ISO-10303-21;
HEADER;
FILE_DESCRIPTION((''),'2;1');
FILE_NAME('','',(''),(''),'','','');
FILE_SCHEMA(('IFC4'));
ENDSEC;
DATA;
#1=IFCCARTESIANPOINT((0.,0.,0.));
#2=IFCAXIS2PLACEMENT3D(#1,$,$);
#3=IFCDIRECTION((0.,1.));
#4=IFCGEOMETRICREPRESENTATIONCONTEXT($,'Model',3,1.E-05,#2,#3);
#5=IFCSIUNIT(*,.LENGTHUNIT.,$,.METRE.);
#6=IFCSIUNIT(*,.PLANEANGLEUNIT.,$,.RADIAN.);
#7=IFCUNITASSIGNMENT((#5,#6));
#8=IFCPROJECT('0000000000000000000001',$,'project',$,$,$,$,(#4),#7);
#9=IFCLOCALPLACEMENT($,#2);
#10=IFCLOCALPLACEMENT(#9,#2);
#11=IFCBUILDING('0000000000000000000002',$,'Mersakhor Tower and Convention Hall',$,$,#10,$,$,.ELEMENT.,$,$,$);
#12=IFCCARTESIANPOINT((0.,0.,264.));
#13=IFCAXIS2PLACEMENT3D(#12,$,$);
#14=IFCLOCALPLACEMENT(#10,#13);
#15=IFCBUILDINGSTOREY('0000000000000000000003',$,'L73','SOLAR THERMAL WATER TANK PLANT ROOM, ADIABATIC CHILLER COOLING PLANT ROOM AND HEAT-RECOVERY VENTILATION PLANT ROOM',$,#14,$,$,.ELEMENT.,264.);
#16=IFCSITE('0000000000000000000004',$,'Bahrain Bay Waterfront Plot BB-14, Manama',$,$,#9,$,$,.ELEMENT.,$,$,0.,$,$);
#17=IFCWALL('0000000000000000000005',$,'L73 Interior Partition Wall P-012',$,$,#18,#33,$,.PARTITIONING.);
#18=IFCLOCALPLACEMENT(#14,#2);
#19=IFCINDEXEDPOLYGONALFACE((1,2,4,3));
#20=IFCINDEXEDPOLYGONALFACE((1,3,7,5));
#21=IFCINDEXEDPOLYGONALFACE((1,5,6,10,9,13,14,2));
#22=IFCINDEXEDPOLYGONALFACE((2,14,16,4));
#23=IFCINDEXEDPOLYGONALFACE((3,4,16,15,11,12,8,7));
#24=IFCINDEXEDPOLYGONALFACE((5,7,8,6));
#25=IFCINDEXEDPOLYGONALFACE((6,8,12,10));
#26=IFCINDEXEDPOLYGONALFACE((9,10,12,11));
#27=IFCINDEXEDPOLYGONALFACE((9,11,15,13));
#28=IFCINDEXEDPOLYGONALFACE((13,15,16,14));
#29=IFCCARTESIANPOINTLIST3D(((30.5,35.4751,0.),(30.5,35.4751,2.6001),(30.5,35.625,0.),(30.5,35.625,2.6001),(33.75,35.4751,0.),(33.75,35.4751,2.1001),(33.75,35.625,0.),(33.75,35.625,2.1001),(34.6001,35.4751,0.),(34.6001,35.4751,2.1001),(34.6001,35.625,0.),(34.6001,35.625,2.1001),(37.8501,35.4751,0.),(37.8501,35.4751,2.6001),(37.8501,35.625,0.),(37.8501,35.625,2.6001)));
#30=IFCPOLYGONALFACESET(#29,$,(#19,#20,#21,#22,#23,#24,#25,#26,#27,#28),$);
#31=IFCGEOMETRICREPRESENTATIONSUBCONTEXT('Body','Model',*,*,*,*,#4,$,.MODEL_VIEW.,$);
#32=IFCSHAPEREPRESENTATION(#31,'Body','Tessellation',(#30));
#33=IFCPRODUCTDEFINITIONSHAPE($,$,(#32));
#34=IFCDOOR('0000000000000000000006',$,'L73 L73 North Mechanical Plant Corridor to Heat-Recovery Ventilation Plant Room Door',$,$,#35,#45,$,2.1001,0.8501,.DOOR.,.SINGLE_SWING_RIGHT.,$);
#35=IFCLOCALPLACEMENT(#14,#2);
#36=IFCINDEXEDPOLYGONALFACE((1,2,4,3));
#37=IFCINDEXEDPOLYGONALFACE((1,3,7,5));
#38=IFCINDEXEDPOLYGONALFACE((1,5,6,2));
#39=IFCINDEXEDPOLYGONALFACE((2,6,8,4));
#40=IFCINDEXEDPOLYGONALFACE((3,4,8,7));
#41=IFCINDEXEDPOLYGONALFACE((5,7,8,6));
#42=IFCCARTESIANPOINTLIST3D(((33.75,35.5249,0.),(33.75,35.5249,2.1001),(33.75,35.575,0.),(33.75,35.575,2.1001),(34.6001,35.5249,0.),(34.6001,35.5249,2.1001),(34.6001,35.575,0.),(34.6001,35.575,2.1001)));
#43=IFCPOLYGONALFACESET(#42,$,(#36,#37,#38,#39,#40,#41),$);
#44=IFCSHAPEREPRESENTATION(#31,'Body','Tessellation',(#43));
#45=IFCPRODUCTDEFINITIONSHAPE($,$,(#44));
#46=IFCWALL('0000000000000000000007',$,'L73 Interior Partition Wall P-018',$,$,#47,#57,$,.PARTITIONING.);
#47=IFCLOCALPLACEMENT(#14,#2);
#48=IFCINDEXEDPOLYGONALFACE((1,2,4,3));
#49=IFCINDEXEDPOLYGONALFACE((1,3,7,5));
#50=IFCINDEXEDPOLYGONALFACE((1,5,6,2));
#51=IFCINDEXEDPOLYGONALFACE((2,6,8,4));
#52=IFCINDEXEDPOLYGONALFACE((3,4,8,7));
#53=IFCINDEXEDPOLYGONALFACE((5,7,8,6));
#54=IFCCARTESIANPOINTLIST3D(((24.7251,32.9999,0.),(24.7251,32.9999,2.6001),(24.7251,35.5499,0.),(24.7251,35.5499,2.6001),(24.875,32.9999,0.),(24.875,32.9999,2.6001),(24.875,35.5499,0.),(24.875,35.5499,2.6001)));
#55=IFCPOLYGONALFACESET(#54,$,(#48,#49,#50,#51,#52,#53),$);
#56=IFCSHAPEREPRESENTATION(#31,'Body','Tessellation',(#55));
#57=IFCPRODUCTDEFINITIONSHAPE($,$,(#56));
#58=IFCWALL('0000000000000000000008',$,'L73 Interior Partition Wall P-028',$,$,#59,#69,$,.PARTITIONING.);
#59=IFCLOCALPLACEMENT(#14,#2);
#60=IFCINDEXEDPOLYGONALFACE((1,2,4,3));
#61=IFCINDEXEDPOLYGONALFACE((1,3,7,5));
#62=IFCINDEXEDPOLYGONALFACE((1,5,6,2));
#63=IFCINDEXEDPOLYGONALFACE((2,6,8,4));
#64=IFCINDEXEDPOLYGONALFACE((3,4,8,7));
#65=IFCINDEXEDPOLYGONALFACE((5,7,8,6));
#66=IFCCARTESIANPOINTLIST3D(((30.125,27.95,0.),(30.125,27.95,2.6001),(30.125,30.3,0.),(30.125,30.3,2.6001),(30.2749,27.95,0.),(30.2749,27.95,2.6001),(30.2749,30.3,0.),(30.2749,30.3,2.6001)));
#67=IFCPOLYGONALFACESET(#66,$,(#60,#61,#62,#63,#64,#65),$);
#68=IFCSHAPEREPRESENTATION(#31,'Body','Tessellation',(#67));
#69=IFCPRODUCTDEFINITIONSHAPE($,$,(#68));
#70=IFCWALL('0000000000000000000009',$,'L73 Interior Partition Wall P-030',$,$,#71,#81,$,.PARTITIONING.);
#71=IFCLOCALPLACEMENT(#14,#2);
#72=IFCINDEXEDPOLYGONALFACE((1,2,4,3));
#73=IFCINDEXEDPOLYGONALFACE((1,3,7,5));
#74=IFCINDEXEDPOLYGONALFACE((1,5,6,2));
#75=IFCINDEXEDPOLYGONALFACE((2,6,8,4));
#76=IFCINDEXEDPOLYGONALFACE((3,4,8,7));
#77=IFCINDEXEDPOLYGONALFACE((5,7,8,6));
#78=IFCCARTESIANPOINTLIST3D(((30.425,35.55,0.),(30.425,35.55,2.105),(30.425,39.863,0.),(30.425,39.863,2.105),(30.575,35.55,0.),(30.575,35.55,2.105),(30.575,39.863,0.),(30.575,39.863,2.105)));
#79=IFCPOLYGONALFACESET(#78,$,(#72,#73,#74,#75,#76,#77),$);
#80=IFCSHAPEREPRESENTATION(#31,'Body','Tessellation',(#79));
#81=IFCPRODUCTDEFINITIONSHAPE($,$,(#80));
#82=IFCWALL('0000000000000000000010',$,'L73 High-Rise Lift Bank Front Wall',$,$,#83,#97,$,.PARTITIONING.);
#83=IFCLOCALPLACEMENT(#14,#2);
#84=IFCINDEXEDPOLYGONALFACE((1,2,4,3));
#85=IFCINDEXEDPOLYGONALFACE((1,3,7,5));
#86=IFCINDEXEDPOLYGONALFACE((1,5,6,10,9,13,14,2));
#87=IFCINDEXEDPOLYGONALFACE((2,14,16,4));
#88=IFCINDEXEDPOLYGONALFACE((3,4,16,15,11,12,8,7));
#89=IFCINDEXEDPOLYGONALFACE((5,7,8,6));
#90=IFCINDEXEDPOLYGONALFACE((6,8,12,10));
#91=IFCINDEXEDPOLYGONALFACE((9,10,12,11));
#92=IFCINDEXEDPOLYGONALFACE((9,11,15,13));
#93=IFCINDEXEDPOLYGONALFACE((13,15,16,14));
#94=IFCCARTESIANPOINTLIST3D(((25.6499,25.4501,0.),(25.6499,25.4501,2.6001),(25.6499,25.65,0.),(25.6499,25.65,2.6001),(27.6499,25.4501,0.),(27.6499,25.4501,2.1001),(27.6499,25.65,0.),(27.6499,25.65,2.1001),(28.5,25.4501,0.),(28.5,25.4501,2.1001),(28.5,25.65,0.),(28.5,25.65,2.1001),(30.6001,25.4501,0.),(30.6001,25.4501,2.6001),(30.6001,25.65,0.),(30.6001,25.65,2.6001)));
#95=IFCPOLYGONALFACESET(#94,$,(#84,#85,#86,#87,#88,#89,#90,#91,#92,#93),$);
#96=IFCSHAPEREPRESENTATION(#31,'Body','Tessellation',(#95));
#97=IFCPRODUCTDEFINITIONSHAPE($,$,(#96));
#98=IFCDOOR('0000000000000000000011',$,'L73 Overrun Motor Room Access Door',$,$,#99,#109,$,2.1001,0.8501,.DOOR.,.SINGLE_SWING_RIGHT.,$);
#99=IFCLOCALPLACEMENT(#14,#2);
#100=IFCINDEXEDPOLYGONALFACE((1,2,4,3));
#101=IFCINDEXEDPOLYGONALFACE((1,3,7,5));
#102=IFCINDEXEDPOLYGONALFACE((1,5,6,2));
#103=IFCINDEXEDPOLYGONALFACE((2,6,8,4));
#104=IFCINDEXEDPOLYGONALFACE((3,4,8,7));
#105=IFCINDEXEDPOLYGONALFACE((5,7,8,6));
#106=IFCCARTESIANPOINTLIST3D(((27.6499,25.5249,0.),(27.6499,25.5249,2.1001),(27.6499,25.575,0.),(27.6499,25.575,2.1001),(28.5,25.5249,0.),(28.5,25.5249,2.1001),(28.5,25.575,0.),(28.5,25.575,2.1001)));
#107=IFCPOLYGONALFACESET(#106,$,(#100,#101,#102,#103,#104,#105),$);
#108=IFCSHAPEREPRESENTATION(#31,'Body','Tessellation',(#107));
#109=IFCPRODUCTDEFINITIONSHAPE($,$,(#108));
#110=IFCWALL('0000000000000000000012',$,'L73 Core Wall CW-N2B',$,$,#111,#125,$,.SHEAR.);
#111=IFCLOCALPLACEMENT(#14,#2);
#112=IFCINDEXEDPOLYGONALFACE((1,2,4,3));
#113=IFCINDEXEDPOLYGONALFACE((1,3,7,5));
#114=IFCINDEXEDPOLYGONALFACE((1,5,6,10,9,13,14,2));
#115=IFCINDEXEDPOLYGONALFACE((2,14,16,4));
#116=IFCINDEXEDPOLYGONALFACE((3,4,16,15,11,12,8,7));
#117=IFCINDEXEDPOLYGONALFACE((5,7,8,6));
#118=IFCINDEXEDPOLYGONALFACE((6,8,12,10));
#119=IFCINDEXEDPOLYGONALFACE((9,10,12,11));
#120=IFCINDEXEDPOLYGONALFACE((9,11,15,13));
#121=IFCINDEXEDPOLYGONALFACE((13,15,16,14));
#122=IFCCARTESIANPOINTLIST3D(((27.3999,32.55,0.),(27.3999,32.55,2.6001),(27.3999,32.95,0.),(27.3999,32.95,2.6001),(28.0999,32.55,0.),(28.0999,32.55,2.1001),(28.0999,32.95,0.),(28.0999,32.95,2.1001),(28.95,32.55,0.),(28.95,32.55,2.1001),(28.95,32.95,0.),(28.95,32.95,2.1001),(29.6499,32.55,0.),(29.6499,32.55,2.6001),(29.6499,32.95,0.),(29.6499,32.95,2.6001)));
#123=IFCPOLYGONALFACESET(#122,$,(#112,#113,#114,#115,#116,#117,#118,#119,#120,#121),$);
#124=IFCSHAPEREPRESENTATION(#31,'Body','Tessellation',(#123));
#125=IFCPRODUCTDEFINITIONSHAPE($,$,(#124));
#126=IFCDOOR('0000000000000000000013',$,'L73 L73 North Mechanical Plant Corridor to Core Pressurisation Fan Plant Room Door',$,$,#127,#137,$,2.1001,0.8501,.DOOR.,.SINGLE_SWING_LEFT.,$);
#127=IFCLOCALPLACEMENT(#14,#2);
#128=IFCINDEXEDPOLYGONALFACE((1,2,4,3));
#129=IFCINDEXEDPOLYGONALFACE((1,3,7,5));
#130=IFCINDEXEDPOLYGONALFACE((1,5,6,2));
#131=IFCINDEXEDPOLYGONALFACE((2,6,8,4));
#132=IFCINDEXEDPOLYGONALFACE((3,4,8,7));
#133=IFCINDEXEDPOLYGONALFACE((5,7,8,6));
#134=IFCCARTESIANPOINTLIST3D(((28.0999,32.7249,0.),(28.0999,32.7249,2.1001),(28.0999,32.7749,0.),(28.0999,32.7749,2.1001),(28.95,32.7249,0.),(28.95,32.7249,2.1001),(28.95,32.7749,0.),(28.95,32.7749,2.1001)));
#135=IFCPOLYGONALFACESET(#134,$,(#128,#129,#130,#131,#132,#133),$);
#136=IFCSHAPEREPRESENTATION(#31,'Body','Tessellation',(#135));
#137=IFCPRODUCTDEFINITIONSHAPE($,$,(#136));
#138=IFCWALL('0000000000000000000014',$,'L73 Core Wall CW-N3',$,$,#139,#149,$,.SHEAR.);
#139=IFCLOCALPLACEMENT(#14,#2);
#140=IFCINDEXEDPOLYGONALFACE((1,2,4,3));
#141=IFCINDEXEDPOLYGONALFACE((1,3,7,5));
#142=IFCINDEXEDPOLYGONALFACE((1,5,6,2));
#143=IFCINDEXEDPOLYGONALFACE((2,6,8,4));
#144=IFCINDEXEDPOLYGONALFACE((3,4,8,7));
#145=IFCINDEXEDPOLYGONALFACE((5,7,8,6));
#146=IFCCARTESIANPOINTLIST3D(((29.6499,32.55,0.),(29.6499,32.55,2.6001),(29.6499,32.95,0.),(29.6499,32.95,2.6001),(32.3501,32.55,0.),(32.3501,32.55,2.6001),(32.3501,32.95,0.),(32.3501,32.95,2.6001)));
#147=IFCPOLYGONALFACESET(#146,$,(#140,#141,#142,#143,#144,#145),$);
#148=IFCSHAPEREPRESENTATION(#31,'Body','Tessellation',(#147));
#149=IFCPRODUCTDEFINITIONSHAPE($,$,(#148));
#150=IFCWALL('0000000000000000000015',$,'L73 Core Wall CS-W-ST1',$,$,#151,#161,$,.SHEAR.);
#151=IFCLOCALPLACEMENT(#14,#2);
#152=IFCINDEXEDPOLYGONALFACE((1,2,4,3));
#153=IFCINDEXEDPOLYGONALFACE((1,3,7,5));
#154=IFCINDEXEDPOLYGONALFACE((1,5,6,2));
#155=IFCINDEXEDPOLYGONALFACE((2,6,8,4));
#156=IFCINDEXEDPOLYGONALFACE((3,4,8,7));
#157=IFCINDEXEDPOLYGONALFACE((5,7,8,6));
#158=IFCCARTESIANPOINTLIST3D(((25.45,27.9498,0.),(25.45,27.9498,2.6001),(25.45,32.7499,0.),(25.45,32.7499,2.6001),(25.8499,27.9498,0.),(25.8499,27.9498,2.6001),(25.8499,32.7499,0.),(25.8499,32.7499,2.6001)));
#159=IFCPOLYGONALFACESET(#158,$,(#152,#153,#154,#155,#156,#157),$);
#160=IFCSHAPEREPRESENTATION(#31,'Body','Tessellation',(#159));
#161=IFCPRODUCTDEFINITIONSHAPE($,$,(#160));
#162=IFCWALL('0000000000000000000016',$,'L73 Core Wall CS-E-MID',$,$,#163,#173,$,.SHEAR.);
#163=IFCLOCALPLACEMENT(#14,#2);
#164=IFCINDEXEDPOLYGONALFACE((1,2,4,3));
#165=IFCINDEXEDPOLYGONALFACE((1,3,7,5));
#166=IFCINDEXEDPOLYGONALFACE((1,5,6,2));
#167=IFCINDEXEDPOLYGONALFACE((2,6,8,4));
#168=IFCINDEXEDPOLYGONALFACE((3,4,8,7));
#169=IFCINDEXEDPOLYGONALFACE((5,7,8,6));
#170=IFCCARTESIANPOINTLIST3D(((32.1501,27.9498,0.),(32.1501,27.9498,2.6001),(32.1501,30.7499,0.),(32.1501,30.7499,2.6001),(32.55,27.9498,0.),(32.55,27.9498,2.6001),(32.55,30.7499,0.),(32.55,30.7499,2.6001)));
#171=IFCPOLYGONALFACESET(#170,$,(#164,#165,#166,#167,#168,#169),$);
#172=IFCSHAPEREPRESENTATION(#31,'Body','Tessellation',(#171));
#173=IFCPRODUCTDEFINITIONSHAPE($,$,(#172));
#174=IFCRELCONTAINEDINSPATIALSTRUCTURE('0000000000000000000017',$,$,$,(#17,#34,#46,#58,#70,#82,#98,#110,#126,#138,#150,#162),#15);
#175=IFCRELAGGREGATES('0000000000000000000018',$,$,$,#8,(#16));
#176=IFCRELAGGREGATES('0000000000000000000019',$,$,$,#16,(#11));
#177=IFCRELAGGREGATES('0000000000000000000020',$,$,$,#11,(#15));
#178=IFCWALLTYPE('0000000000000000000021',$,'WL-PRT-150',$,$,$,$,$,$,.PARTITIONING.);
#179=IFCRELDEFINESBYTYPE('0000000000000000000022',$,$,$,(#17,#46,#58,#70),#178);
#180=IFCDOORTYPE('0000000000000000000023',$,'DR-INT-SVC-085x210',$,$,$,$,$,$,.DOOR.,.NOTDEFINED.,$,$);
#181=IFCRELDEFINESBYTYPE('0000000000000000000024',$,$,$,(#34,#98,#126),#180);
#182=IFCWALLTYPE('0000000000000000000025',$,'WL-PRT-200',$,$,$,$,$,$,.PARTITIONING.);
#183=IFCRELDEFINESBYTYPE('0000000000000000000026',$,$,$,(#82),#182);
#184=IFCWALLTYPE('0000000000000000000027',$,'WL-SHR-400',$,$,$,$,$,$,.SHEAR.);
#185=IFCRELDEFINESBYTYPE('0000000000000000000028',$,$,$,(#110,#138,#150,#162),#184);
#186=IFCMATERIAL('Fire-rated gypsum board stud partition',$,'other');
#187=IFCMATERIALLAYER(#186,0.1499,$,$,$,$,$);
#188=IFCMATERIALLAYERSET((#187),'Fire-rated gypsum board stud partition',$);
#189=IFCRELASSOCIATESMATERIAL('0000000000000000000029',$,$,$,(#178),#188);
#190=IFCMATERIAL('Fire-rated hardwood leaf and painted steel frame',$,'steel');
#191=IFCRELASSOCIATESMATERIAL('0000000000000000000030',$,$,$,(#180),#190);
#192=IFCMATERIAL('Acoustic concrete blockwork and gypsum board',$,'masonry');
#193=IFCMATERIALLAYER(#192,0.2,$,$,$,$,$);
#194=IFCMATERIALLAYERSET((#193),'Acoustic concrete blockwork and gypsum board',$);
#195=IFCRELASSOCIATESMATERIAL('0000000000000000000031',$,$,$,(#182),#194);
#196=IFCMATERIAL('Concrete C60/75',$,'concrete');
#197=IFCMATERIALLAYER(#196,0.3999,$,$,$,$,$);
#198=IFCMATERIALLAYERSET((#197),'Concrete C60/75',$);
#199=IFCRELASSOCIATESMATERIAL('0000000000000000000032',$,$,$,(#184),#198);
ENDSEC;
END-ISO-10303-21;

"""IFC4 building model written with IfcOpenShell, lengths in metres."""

from ifc_helpers import new_model, si_unit, direction, frame, frame_2d, origin, place, context, subcontext, project, spatial, rectangle, extrude, material, layer, layer_set, type_object, element, fill, save


model = new_model("IFC4")

# Units and contexts
model_context = context("Model", 3, precision=1e-05, world=origin(), true_north=direction((0.0, 1.0)))
body_context = subcontext(model_context, "Body", "Model", "MODEL_VIEW")
ifc_project = project(units=[si_unit("LENGTHUNIT", "METRE"), si_unit("PLANEANGLEUNIT", "RADIAN")], contexts=[model_context])

# Site, building, storey
site_placement = place(None, origin())
site = spatial("IfcSite", under=ifc_project, at=site_placement, Name="Bahrain Bay Waterfront Plot BB-14, Manama", CompositionType="ELEMENT", RefElevation=0.0)
building_placement = place(site_placement, origin())
building = spatial("IfcBuilding", under=site, at=building_placement, Name="Mersakhor Tower and Convention Hall", CompositionType="ELEMENT")
storey_placement = place(building_placement, frame((0.0, 0.0, 264.0)))
storey = spatial("IfcBuildingStorey", under=building, at=storey_placement, Name="L73", Description="SOLAR THERMAL WATER TANK PLANT ROOM, ADIABATIC CHILLER COOLING PLANT ROOM AND HEAT-RECOVERY VENTILATION PLANT ROOM", CompositionType="ELEMENT", Elevation=264.0)

# Shared definitions
ifc_material_1 = material(Name="Fire-rated gypsum board stud partition", Category="other")
ifc_layer_1 = layer(ifc_material_1, 0.1499)
ifc_layer_set_1 = layer_set([ifc_layer_1], Name="Fire-rated gypsum board stud partition")
wall_type_1 = type_object("IfcWallType", Name="WL-PRT-150", PredefinedType="PARTITIONING", material=ifc_layer_set_1)

# Shared definitions
ifc_material_2 = material(Name="Fire-rated hardwood leaf and painted steel frame", Category="steel")
door_type_1 = type_object("IfcDoorType", Name="DR-INT-SVC-085x210", OperationType="NOTDEFINED", PredefinedType="DOOR", material=ifc_material_2)

# Wall, opening, door
wall_1_placement = place(storey_placement, frame((30.5, 35.55, 0.0), z_axis=(0.0, 0.0, 1.0), x_axis=(1.0, 0.0, 0.0)))
wall_1 = element("IfcWall", 1, at=wall_1_placement, inside=storey, type_object=wall_type_1, Name="L73 Interior Partition Wall P-012", PredefinedType="PARTITIONING", context=body_context, shape_type="SweptSolid", body=[
    extrude(rectangle(XDim=7.3501, YDim=0.1499, at=frame_2d((3.675, 0.0))), origin(), (0.0, 0.0, 1.0), 2.6001),
])
opening_1_placement = place(wall_1_placement, frame((3.25, 0.0, 0.0)))
opening_1 = element("IfcOpeningElement", 2, at=opening_1_placement, cuts=wall_1, PredefinedType="OPENING", context=body_context, shape_type="SweptSolid", body=[
    extrude(rectangle(XDim=0.8501, YDim=2.1001, at=frame_2d((0.425, 1.05))), frame((0.0, 0.085, 0.0), z_axis=(0.0, -1.0, 0.0), x_axis=(1.0, 0.0, 0.0)), (0.0, 0.0, 1.0), 0.1699),
])
door_1_placement = place(opening_1_placement, origin())
door_1 = element("IfcDoor", 3, at=door_1_placement, inside=storey, type_object=door_type_1, Name="L73 L73 North Mechanical Plant Corridor to Heat-Recovery Ventilation Plant Room Door", OperationType="SINGLE_SWING_RIGHT", OverallHeight=2.1001, OverallWidth=0.8501, PredefinedType="DOOR", context=body_context, shape_type="SweptSolid", body=[
    extrude(rectangle(XDim=0.8501, YDim=2.1001, at=frame_2d((0.425, 1.05))), frame((0.0, 0.0249, 0.0), z_axis=(0.0, -1.0, 0.0), x_axis=(1.0, 0.0, 0.0)), (0.0, 0.0, 1.0), 0.05),
])
fill(opening_1, door_1)

# Walls
wall_2_placement = place(storey_placement, frame((24.8, 33.0, 0.0), z_axis=(0.0, 0.0, 1.0), x_axis=(0.0, 1.0, 0.0)))
element("IfcWall", 4, at=wall_2_placement, inside=storey, type_object=wall_type_1, Name="L73 Interior Partition Wall P-018", PredefinedType="PARTITIONING", context=body_context, shape_type="SweptSolid", body=[
    extrude(rectangle(XDim=2.55, YDim=0.1499, at=frame_2d((1.2749, 0.0))), origin(), (0.0, 0.0, 1.0), 2.6001),
])
wall_3_placement = place(storey_placement, frame((30.2, 30.3, 0.0), z_axis=(0.0, 0.0, 1.0), x_axis=(0.0, -1.0, 0.0)))
element("IfcWall", 5, at=wall_3_placement, inside=storey, type_object=wall_type_1, Name="L73 Interior Partition Wall P-028", PredefinedType="PARTITIONING", context=body_context, shape_type="SweptSolid", body=[
    extrude(rectangle(XDim=2.3501, YDim=0.1499, at=frame_2d((1.175, 0.0))), origin(), (0.0, 0.0, 1.0), 2.6001),
])
wall_4_placement = place(storey_placement, frame((30.5, 35.55, 0.0), z_axis=(0.0, 0.0, 1.0), x_axis=(0.0, 1.0, 0.0)))
element("IfcWall", 6, at=wall_4_placement, inside=storey, type_object=wall_type_1, Name="L73 Interior Partition Wall P-030", PredefinedType="PARTITIONING", context=body_context, shape_type="SweptSolid", body=[
    extrude(rectangle(XDim=4.313, YDim=0.1499, at=frame_2d((2.1565, 0.0))), origin(), (0.0, 0.0, 1.0), 2.105),
])

# Walls, openings, doors
ifc_material_3 = material(Name="Acoustic concrete blockwork and gypsum board", Category="masonry")
ifc_layer_2 = layer(ifc_material_3, 0.2)
ifc_layer_set_2 = layer_set([ifc_layer_2], Name="Acoustic concrete blockwork and gypsum board")
wall_type_2 = type_object("IfcWallType", Name="WL-PRT-200", PredefinedType="PARTITIONING", material=ifc_layer_set_2)
wall_5_placement = place(storey_placement, frame((25.6499, 25.55, 0.0), z_axis=(0.0, 0.0, 1.0), x_axis=(1.0, 0.0, 0.0)))
wall_5 = element("IfcWall", 7, at=wall_5_placement, inside=storey, type_object=wall_type_2, Name="L73 High-Rise Lift Bank Front Wall", PredefinedType="PARTITIONING", context=body_context, shape_type="SweptSolid", body=[
    extrude(rectangle(XDim=4.9502, YDim=0.2, at=frame_2d((2.4751, 0.0))), origin(), (0.0, 0.0, 1.0), 2.6001),
])
opening_2_placement = place(wall_5_placement, frame((2.0, 0.0, 0.0)))
opening_2 = element("IfcOpeningElement", 8, at=opening_2_placement, cuts=wall_5, PredefinedType="OPENING", context=body_context, shape_type="SweptSolid", body=[
    extrude(rectangle(XDim=0.8501, YDim=2.1001, at=frame_2d((0.425, 1.05))), frame((0.0, 0.1099, 0.0), z_axis=(0.0, -1.0, 0.0), x_axis=(1.0, 0.0, 0.0)), (0.0, 0.0, 1.0), 0.22),
])
door_2_placement = place(opening_2_placement, origin())
door_2 = element("IfcDoor", 9, at=door_2_placement, inside=storey, type_object=door_type_1, Name="L73 Overrun Motor Room Access Door", OperationType="SINGLE_SWING_RIGHT", OverallHeight=2.1001, OverallWidth=0.8501, PredefinedType="DOOR", context=body_context, shape_type="SweptSolid", body=[
    extrude(rectangle(XDim=0.8501, YDim=2.1001, at=frame_2d((0.425, 1.05))), frame((0.0, 0.0249, 0.0), z_axis=(0.0, -1.0, 0.0), x_axis=(1.0, 0.0, 0.0)), (0.0, 0.0, 1.0), 0.05),
])
fill(opening_2, door_2)
ifc_material_4 = material(Name="Concrete C60/75", Category="concrete")
ifc_layer_3 = layer(ifc_material_4, 0.3999)
ifc_layer_set_3 = layer_set([ifc_layer_3], Name="Concrete C60/75")
wall_type_3 = type_object("IfcWallType", Name="WL-SHR-400", PredefinedType="SHEAR", material=ifc_layer_set_3)
wall_6_placement = place(storey_placement, frame((27.3999, 32.75, 0.0), z_axis=(0.0, 0.0, 1.0), x_axis=(1.0, 0.0, 0.0)))
wall_6 = element("IfcWall", 10, at=wall_6_placement, inside=storey, type_object=wall_type_3, Name="L73 Core Wall CW-N2B", PredefinedType="SHEAR", context=body_context, shape_type="SweptSolid", body=[
    extrude(rectangle(XDim=2.25, YDim=0.3999, at=frame_2d((1.125, 0.0))), origin(), (0.0, 0.0, 1.0), 2.6001),
])
opening_3_placement = place(wall_6_placement, frame((0.7, 0.0, 0.0)))
opening_3 = element("IfcOpeningElement", 11, at=opening_3_placement, cuts=wall_6, PredefinedType="OPENING", context=body_context, shape_type="SweptSolid", body=[
    extrude(rectangle(XDim=0.8501, YDim=2.1001, at=frame_2d((0.425, 1.05))), frame((0.0, 0.21, 0.0), z_axis=(0.0, -1.0, 0.0), x_axis=(1.0, 0.0, 0.0)), (0.0, 0.0, 1.0), 0.4199),
])
door_3_placement = place(opening_3_placement, origin())
door_3 = element("IfcDoor", 12, at=door_3_placement, inside=storey, type_object=door_type_1, Name="L73 L73 North Mechanical Plant Corridor to Core Pressurisation Fan Plant Room Door", OperationType="SINGLE_SWING_LEFT", OverallHeight=2.1001, OverallWidth=0.8501, PredefinedType="DOOR", context=body_context, shape_type="SweptSolid", body=[
    extrude(rectangle(XDim=0.8501, YDim=2.1001, at=frame_2d((0.425, 1.05))), frame((0.0, 0.0249, 0.0), z_axis=(0.0, -1.0, 0.0), x_axis=(1.0, 0.0, 0.0)), (0.0, 0.0, 1.0), 0.05),
])
fill(opening_3, door_3)

# Walls
wall_7_placement = place(storey_placement, frame((29.6499, 32.75, 0.0), z_axis=(0.0, 0.0, 1.0), x_axis=(1.0, 0.0, 0.0)))
element("IfcWall", 13, at=wall_7_placement, inside=storey, type_object=wall_type_3, Name="L73 Core Wall CW-N3", PredefinedType="SHEAR", context=body_context, shape_type="SweptSolid", body=[
    extrude(rectangle(XDim=2.7002, YDim=0.3999, at=frame_2d((1.3501, 0.0))), origin(), (0.0, 0.0, 1.0), 2.6001),
])
wall_8_placement = place(storey_placement, frame((25.6499, 27.95, 0.0), z_axis=(0.0, 0.0, 1.0), x_axis=(0.0, 1.0, 0.0)))
element("IfcWall", 14, at=wall_8_placement, inside=storey, type_object=wall_type_3, Name="L73 Core Wall CS-W-ST1", PredefinedType="SHEAR", context=body_context, shape_type="SweptSolid", body=[
    extrude(rectangle(XDim=4.8, YDim=0.3999, at=frame_2d((2.3999, 0.0))), origin(), (0.0, 0.0, 1.0), 2.6001),
])
wall_9_placement = place(storey_placement, frame((32.3501, 27.95, 0.0), z_axis=(0.0, 0.0, 1.0), x_axis=(0.0, 1.0, 0.0)))
element("IfcWall", 15, at=wall_9_placement, inside=storey, type_object=wall_type_3, Name="L73 Core Wall CS-E-MID", PredefinedType="SHEAR", context=body_context, shape_type="SweptSolid", body=[
    extrude(rectangle(XDim=2.8, YDim=0.3999, at=frame_2d((1.3999, 0.0))), origin(), (0.0, 0.0, 1.0), 2.6001),
])

save(model, "model.ifc")
